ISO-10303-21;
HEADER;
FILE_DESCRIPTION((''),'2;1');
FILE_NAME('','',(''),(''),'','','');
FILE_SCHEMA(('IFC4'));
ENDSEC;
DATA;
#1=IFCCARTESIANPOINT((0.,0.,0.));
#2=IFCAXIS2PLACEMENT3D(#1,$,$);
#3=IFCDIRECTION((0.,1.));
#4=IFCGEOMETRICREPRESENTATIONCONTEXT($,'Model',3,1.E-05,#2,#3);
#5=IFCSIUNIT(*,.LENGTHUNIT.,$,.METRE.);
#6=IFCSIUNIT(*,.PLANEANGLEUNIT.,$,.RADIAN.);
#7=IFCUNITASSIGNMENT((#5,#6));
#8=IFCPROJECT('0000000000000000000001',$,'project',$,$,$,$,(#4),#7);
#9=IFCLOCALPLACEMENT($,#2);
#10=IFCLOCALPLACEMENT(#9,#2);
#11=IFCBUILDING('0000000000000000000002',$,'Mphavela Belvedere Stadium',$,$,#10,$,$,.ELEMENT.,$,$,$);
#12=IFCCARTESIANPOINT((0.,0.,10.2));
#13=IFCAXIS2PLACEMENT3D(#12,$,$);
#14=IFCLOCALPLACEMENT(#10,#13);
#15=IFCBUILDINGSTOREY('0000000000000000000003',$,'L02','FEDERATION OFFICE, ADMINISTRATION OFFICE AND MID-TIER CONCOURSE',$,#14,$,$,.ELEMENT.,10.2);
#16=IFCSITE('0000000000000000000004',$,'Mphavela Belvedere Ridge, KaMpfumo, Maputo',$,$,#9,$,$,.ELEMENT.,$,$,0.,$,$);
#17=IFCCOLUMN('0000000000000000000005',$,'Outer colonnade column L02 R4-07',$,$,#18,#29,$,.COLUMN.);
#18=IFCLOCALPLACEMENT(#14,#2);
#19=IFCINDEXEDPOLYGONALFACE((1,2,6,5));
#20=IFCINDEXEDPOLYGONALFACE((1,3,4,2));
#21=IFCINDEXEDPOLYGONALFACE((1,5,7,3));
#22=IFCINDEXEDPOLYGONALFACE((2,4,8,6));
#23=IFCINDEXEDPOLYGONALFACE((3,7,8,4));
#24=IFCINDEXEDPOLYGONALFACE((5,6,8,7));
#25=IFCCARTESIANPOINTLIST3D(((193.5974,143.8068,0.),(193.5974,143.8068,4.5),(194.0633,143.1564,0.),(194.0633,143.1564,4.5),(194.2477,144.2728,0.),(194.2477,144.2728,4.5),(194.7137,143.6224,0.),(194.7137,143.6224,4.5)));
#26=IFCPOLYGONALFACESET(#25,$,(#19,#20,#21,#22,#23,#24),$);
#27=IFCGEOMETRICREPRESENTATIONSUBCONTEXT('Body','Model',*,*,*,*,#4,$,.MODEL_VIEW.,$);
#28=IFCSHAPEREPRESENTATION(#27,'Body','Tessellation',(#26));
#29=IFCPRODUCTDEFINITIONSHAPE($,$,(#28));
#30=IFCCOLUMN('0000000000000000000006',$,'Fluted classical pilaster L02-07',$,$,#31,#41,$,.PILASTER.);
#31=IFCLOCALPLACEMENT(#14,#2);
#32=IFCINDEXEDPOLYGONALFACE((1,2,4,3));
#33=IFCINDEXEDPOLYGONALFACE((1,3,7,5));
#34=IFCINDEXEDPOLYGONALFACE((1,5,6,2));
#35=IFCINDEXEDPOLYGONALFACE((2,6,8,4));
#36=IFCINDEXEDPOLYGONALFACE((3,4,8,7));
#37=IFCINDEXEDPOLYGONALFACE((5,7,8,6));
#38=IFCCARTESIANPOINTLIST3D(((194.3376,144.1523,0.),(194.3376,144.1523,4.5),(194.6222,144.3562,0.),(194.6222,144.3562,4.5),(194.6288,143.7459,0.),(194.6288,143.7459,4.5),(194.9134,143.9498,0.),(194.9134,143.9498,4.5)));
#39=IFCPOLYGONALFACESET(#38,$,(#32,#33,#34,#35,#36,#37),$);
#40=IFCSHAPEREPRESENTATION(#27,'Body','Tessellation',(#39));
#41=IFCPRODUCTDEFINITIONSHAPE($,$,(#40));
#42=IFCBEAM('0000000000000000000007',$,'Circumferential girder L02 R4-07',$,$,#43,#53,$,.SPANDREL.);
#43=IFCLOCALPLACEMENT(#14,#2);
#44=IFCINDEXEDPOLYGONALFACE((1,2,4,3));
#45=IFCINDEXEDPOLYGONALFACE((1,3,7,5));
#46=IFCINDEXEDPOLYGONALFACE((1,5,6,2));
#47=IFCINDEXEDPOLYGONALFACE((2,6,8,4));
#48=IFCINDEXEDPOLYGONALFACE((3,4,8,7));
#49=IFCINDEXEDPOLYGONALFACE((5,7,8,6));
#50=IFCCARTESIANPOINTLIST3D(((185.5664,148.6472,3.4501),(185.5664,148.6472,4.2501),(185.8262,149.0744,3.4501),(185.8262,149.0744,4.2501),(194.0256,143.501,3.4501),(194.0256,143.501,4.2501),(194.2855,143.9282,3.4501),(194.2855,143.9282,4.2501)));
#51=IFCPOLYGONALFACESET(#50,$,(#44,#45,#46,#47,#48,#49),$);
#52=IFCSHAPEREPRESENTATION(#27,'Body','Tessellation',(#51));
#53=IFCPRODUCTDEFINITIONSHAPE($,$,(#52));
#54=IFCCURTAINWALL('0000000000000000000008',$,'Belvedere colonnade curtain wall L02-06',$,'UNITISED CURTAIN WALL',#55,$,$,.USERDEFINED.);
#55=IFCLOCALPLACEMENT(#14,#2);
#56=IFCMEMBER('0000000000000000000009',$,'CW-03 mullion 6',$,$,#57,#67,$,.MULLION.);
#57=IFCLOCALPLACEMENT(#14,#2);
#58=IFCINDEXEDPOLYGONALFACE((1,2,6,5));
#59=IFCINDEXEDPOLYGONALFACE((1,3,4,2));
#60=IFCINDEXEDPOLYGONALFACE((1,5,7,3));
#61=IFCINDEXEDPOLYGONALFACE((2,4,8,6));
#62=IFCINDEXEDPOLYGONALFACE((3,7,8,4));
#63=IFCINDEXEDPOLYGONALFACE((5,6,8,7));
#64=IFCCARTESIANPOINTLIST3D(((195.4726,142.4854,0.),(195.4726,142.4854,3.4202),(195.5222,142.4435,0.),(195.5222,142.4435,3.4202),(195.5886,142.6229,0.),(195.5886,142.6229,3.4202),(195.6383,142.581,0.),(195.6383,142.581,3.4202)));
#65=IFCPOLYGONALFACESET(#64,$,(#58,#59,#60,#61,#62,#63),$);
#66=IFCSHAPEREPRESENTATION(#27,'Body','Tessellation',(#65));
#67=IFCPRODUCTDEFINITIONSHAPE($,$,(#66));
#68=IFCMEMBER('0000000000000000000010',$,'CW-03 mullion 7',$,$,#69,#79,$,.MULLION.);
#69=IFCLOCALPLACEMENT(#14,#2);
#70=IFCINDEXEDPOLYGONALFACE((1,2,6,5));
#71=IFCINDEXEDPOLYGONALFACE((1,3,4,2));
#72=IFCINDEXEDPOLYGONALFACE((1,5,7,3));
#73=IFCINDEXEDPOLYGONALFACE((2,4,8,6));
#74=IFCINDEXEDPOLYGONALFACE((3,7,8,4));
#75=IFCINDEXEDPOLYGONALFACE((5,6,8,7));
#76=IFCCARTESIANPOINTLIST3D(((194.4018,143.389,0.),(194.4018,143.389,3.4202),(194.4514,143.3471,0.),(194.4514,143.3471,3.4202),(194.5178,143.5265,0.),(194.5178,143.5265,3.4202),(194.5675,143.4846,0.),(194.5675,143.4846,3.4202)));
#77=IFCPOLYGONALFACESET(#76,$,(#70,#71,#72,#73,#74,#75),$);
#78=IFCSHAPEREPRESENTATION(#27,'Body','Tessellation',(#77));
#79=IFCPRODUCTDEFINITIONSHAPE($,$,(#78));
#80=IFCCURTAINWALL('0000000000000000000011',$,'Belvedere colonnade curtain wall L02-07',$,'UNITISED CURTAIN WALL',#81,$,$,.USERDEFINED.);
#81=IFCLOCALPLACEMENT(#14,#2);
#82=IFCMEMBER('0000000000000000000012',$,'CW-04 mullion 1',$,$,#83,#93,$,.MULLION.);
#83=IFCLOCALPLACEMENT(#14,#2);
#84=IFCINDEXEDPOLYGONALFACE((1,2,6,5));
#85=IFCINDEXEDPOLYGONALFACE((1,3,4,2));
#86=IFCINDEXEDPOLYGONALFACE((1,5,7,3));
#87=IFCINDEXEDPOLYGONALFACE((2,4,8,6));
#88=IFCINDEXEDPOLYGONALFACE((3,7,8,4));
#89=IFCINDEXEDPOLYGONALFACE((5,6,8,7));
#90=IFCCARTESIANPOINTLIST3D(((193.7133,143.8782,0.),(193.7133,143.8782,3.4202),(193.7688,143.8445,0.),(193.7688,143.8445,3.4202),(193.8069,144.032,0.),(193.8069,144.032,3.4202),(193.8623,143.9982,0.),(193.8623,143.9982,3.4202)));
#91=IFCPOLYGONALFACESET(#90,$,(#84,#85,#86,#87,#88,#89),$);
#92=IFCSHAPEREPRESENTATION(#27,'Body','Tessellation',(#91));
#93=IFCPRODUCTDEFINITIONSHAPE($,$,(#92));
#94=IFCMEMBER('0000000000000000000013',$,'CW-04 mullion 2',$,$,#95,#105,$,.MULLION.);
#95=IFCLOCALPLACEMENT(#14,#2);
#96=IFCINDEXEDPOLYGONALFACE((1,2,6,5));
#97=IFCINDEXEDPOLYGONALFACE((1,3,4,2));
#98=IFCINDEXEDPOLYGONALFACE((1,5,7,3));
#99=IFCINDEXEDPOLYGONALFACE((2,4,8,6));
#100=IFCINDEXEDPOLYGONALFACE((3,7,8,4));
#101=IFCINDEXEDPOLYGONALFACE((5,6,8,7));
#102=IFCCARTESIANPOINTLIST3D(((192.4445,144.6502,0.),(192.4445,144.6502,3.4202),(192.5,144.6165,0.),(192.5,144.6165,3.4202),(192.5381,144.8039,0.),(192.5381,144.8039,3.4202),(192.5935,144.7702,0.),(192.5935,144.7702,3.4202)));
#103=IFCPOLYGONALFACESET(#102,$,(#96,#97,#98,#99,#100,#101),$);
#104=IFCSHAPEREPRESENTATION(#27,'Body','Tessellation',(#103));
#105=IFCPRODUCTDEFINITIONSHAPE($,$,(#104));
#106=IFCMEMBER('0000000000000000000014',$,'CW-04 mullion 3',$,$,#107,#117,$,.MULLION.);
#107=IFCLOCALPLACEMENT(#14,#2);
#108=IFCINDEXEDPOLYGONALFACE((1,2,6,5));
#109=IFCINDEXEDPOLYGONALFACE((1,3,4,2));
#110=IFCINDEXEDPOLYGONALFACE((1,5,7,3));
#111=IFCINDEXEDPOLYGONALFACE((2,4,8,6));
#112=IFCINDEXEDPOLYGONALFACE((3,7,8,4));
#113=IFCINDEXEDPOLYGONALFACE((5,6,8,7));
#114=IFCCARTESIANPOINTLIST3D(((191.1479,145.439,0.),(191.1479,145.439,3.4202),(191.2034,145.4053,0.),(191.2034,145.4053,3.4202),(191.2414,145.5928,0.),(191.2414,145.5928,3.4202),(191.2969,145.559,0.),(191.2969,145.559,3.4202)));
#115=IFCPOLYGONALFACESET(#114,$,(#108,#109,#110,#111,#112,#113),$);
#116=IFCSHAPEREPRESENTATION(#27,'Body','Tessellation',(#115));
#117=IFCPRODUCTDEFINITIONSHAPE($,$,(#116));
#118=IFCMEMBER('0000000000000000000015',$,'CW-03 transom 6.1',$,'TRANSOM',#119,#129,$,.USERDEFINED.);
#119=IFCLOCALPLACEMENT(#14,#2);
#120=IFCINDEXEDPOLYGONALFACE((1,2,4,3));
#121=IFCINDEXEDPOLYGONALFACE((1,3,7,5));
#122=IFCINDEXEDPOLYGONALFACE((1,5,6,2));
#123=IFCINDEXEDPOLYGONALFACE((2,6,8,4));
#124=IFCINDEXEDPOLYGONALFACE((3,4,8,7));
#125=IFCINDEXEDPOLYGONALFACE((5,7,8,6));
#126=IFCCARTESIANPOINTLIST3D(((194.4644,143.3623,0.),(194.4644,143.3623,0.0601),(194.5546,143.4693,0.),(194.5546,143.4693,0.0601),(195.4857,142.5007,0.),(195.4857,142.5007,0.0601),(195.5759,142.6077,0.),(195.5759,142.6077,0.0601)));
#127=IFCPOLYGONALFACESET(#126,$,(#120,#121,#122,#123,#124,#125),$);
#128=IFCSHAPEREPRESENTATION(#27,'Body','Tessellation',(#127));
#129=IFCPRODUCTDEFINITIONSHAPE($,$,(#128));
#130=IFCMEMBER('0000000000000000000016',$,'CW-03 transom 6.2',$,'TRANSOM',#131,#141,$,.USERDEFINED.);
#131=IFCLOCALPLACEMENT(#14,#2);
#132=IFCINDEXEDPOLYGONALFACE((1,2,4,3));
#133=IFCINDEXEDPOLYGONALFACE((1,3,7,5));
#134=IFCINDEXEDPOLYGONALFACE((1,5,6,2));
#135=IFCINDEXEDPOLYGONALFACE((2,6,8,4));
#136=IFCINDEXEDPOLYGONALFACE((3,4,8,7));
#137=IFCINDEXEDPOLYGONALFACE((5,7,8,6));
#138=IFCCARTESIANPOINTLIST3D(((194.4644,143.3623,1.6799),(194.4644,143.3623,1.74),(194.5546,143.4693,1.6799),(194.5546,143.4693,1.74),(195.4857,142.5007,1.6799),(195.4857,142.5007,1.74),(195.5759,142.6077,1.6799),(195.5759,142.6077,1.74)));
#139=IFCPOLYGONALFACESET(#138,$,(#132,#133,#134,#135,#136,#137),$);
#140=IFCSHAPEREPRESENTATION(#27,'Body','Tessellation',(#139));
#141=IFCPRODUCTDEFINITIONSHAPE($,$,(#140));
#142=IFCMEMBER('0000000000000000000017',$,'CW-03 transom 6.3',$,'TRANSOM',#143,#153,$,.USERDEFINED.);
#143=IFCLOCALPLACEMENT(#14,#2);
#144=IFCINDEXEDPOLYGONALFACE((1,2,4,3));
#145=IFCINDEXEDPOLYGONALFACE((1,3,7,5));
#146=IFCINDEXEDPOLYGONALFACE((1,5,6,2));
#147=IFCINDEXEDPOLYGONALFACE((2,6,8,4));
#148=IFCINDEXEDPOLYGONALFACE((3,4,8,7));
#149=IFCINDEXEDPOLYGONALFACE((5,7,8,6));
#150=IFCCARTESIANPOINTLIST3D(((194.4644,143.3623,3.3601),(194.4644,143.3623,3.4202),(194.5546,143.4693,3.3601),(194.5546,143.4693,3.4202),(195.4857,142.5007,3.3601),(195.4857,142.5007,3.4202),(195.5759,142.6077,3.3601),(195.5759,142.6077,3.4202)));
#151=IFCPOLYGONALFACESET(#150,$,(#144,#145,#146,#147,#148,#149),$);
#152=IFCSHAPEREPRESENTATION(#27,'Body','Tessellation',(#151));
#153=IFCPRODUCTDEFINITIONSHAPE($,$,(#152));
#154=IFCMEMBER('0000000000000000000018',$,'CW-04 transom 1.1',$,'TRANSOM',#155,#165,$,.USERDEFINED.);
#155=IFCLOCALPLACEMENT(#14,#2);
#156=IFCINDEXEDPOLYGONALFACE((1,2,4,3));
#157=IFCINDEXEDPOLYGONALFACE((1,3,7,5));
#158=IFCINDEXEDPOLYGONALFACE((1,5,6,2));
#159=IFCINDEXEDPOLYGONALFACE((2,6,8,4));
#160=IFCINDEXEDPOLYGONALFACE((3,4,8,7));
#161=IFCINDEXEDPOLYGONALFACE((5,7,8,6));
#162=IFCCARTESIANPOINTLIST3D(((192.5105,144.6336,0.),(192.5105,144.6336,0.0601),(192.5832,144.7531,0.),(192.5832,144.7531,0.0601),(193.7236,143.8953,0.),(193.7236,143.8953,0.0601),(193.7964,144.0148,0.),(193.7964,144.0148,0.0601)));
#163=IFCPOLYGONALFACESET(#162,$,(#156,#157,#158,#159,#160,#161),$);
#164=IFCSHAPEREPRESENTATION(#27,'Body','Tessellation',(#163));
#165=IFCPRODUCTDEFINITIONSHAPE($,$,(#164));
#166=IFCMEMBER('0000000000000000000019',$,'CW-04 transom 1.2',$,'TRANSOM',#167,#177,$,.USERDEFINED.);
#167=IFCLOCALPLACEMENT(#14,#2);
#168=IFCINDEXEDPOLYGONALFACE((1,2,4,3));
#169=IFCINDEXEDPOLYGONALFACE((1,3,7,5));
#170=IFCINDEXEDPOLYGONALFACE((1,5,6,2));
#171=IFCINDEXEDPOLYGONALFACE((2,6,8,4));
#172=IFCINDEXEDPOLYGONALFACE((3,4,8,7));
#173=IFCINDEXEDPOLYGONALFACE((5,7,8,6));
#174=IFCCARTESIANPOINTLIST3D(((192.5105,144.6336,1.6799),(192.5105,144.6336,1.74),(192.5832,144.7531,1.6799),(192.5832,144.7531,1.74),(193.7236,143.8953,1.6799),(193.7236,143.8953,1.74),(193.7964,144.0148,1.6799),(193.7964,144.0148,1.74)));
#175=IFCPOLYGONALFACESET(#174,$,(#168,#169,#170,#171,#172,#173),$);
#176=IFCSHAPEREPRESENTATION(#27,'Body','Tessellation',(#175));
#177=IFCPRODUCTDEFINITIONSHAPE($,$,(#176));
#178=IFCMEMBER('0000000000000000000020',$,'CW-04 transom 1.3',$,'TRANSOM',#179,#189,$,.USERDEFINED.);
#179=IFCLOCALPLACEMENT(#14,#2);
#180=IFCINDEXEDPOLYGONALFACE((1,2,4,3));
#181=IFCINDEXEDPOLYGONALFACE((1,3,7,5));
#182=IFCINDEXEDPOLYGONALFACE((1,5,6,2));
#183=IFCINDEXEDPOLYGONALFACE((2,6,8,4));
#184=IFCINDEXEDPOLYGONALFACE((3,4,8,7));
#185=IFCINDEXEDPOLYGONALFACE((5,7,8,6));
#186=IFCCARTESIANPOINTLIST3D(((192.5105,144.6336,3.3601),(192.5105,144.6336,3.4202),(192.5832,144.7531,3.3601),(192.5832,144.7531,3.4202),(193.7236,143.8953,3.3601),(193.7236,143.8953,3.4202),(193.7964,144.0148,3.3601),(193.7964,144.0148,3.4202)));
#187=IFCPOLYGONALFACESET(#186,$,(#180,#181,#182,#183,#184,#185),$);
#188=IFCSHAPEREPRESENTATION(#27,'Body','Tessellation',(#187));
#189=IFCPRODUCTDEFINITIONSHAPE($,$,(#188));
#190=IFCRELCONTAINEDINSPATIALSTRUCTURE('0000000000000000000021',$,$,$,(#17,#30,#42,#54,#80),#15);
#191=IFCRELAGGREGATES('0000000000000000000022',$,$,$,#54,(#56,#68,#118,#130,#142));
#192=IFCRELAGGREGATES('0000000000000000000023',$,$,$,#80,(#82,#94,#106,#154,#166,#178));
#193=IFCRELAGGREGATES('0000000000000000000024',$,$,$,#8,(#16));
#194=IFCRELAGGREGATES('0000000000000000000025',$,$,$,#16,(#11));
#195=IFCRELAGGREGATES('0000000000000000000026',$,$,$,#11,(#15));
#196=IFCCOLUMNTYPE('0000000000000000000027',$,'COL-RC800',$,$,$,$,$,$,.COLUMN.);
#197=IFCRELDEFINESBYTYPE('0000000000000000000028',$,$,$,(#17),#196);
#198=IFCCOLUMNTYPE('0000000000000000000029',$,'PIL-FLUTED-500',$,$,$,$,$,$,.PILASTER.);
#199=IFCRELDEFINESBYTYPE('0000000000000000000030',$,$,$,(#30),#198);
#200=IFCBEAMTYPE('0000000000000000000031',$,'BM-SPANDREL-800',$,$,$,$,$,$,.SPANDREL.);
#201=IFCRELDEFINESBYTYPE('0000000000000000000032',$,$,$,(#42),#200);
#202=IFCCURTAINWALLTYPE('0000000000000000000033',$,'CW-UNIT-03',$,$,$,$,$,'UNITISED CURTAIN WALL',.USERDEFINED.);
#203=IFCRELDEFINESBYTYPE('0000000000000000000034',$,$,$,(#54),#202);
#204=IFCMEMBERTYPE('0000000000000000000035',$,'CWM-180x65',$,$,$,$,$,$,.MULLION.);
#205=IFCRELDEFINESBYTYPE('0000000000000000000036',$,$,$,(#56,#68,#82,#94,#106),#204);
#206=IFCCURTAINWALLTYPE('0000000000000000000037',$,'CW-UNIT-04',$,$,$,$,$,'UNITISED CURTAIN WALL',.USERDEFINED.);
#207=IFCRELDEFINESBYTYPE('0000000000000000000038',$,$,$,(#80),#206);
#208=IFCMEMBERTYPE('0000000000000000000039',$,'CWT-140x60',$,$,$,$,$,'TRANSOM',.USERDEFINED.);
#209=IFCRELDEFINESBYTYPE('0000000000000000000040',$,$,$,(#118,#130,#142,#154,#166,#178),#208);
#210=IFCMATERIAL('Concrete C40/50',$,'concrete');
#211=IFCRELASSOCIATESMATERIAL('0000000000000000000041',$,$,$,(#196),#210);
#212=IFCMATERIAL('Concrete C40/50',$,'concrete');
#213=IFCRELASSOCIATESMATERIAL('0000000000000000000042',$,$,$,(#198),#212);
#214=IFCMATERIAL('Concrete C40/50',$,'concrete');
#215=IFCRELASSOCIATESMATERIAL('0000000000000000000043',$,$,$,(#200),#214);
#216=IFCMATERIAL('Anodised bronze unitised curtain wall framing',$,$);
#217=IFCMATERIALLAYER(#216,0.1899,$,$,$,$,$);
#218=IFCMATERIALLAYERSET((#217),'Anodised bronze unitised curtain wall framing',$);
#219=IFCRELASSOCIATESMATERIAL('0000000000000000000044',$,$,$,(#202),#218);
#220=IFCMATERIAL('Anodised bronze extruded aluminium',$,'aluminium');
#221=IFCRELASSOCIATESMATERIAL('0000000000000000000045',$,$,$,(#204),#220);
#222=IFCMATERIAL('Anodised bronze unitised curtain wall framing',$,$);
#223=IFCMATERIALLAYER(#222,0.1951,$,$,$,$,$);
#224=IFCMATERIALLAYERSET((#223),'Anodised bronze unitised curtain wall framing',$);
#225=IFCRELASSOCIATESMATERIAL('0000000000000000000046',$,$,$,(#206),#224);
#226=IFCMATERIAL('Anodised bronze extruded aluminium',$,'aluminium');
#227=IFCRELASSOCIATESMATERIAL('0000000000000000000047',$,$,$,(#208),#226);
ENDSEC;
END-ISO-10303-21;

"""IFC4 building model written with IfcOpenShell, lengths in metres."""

from ifc_helpers import new_model, si_unit, direction, frame, origin, origin_2d, place, context, subcontext, project, spatial, rectangle, extrude, material, layer, layer_set, material_profile, profile_set, type_object, element, aggregate, save


model = new_model("IFC4")

# Units and contexts
model_context = context("Model", 3, precision=1e-05, world=origin(), true_north=direction((0.0, 1.0)))
body_context = subcontext(model_context, "Body", "Model", "MODEL_VIEW")
ifc_project = project(units=[si_unit("LENGTHUNIT", "METRE"), si_unit("PLANEANGLEUNIT", "RADIAN")], contexts=[model_context])

# Site, building, storey
site_placement = place(None, origin())
site = spatial("IfcSite", under=ifc_project, at=site_placement, Name="Mphavela Belvedere Ridge, KaMpfumo, Maputo", CompositionType="ELEMENT", RefElevation=0.0)
building_placement = place(site_placement, origin())
building = spatial("IfcBuilding", under=site, at=building_placement, Name="Mphavela Belvedere Stadium", CompositionType="ELEMENT")
storey_placement = place(building_placement, frame((0.0, 0.0, 10.2)))
storey = spatial("IfcBuildingStorey", under=building, at=storey_placement, Name="L02", Description="FEDERATION OFFICE, ADMINISTRATION OFFICE AND MID-TIER CONCOURSE", CompositionType="ELEMENT", Elevation=10.2)

# Columns
ifc_material_1 = material(Name="Concrete C40/50", Category="concrete")
ifc_material_profile_1 = material_profile(ifc_material_1, rectangle(XDim=0.8, YDim=0.8, at=origin_2d()), Name="RC 800x800")
ifc_profile_set_1 = profile_set([ifc_material_profile_1], Name="Concrete C40/50")
column_type_1 = type_object("IfcColumnType", Name="COL-RC800", PredefinedType="COLUMN", material=ifc_profile_set_1)
column_1_placement = place(storey_placement, frame((194.1555, 143.7146, 0.0), z_axis=(0.0, 0.0, 1.0), x_axis=(0.812898, 0.582407, 0.0)))
element("IfcColumn", 1, at=column_1_placement, inside=storey, type_object=column_type_1, Name="Outer colonnade column L02 R4-07", PredefinedType="COLUMN", context=body_context, shape_type="SweptSolid", body=[
    extrude(rectangle(XDim=0.8, YDim=0.8, at=origin_2d()), origin(), (0.0, 0.0, 1.0), 4.5),
])
ifc_material_2 = material(Name="Concrete C40/50", Category="concrete")
ifc_material_profile_2 = material_profile(ifc_material_2, rectangle(XDim=0.5, YDim=0.3501, at=origin_2d()), Name="PIL 500x350")
ifc_profile_set_2 = profile_set([ifc_material_profile_2], Name="Concrete C40/50")
column_type_2 = type_object("IfcColumnType", Name="PIL-FLUTED-500", PredefinedType="PILASTER", material=ifc_profile_set_2)
column_2_placement = place(storey_placement, frame((194.6255, 144.051, 0.0), z_axis=(0.0, 0.0, 1.0), x_axis=(-0.582407, 0.812898, 0.0)))
element("IfcColumn", 2, at=column_2_placement, inside=storey, type_object=column_type_2, Name="Fluted classical pilaster L02-07", PredefinedType="PILASTER", context=body_context, shape_type="SweptSolid", body=[
    extrude(rectangle(XDim=0.5, YDim=0.3501, at=origin_2d()), origin(), (0.0, 0.0, 1.0), 4.5),
])

# Beam
ifc_material_3 = material(Name="Concrete C40/50", Category="concrete")
ifc_material_profile_3 = material_profile(ifc_material_3, rectangle(XDim=0.5, YDim=0.8, at=origin_2d()), Name="RC 500x800")
ifc_profile_set_3 = profile_set([ifc_material_profile_3], Name="Concrete C40/50")
beam_type = type_object("IfcBeamType", Name="BM-SPANDREL-800", PredefinedType="SPANDREL", material=ifc_profile_set_3)
beam_placement = place(storey_placement, frame((194.1555, 143.7146, 3.8501), z_axis=(-0.854327, 0.519737, 0.0), x_axis=(-0.519737, -0.854327, 0.0)))
element("IfcBeam", 3, at=beam_placement, inside=storey, type_object=beam_type, Name="Circumferential girder L02 R4-07", PredefinedType="SPANDREL", context=body_context, shape_type="SweptSolid", body=[
    extrude(rectangle(XDim=0.5, YDim=0.8, at=origin_2d()), origin(), (0.0, 0.0, 1.0), 9.9016),
])

# Curtain walls, members
ifc_material_4 = material(Name="Anodised bronze unitised curtain wall framing")
ifc_layer_1 = layer(ifc_material_4, 0.1899)
ifc_layer_set_1 = layer_set([ifc_layer_1], Name="Anodised bronze unitised curtain wall framing")
curtain_wall_type_1 = type_object("IfcCurtainWallType", Name="CW-UNIT-03", ElementType="UNITISED CURTAIN WALL", PredefinedType="USERDEFINED", material=ifc_layer_set_1)
curtain_wall_1_placement = place(storey_placement, origin())
curtain_wall_1 = element("IfcCurtainWall", 4, at=curtain_wall_1_placement, inside=storey, type_object=curtain_wall_type_1, Name="Belvedere colonnade curtain wall L02-06", ObjectType="UNITISED CURTAIN WALL", PredefinedType="USERDEFINED")
ifc_material_5 = material(Name="Anodised bronze extruded aluminium", Category="aluminium")
ifc_material_profile_4 = material_profile(ifc_material_5, rectangle(XDim=0.1799, YDim=0.0649, at=origin_2d()), Name="CW-MUL 180x65")
ifc_profile_set_4 = profile_set([ifc_material_profile_4], Name="Anodised bronze extruded aluminium")
member_type_1 = type_object("IfcMemberType", Name="CWM-180x65", PredefinedType="MULLION", material=ifc_profile_set_4)
member_1_placement = place(storey_placement, frame((195.5554, 142.5332, 0.0), z_axis=(0.0, 0.0, 1.0), x_axis=(-0.644907, -0.764261, 0.0)))
member_1 = element("IfcMember", 5, at=member_1_placement, type_object=member_type_1, Name="CW-03 mullion 6", PredefinedType="MULLION", context=body_context, shape_type="SweptSolid", body=[
    extrude(rectangle(XDim=0.1799, YDim=0.0649, at=origin_2d()), origin(), (0.0, 0.0, 1.0), 3.4202),
])
member_2_placement = place(storey_placement, frame((194.4846, 143.4368, 0.0), z_axis=(0.0, 0.0, 1.0), x_axis=(-0.644907, -0.764261, 0.0)))
member_2 = element("IfcMember", 6, at=member_2_placement, type_object=member_type_1, Name="CW-03 mullion 7", PredefinedType="MULLION", context=body_context, shape_type="SweptSolid", body=[
    extrude(rectangle(XDim=0.1799, YDim=0.0649, at=origin_2d()), origin(), (0.0, 0.0, 1.0), 3.4202),
])
ifc_material_6 = material(Name="Anodised bronze unitised curtain wall framing")
ifc_layer_2 = layer(ifc_material_6, 0.1951)
ifc_layer_set_2 = layer_set([ifc_layer_2], Name="Anodised bronze unitised curtain wall framing")
curtain_wall_type_2 = type_object("IfcCurtainWallType", Name="CW-UNIT-04", ElementType="UNITISED CURTAIN WALL", PredefinedType="USERDEFINED", material=ifc_layer_set_2)
curtain_wall_2_placement = place(storey_placement, origin())
curtain_wall_2 = element("IfcCurtainWall", 7, at=curtain_wall_2_placement, inside=storey, type_object=curtain_wall_type_2, Name="Belvedere colonnade curtain wall L02-07", ObjectType="UNITISED CURTAIN WALL", PredefinedType="USERDEFINED")
member_3_placement = place(storey_placement, frame((193.7878, 143.9382, 0.0), z_axis=(0.0, 0.0, 1.0), x_axis=(-0.519732, -0.85433, 0.0)))
member_3 = element("IfcMember", 8, at=member_3_placement, type_object=member_type_1, Name="CW-04 mullion 1", PredefinedType="MULLION", context=body_context, shape_type="SweptSolid", body=[
    extrude(rectangle(XDim=0.1799, YDim=0.0649, at=origin_2d()), origin(), (0.0, 0.0, 1.0), 3.4202),
])
member_4_placement = place(storey_placement, frame((192.519, 144.7102, 0.0), z_axis=(0.0, 0.0, 1.0), x_axis=(-0.519732, -0.85433, 0.0)))
member_4 = element("IfcMember", 9, at=member_4_placement, type_object=member_type_1, Name="CW-04 mullion 2", PredefinedType="MULLION", context=body_context, shape_type="SweptSolid", body=[
    extrude(rectangle(XDim=0.1799, YDim=0.0649, at=origin_2d()), origin(), (0.0, 0.0, 1.0), 3.4202),
])
member_5_placement = place(storey_placement, frame((191.2224, 145.499, 0.0), z_axis=(0.0, 0.0, 1.0), x_axis=(-0.519732, -0.85433, 0.0)))
member_5 = element("IfcMember", 10, at=member_5_placement, type_object=member_type_1, Name="CW-04 mullion 3", PredefinedType="MULLION", context=body_context, shape_type="SweptSolid", body=[
    extrude(rectangle(XDim=0.1799, YDim=0.0649, at=origin_2d()), origin(), (0.0, 0.0, 1.0), 3.4202),
])

# Members
ifc_material_7 = material(Name="Anodised bronze extruded aluminium", Category="aluminium")
ifc_material_profile_5 = material_profile(ifc_material_7, rectangle(XDim=0.1399, YDim=0.0601, at=origin_2d()), Name="CW-TRN 140x60")
ifc_profile_set_5 = profile_set([ifc_material_profile_5], Name="Anodised bronze extruded aluminium")
member_type_2 = type_object("IfcMemberType", Name="CWT-140x60", ElementType="TRANSOM", PredefinedType="USERDEFINED", material=ifc_profile_set_5)
member_6_placement = place(storey_placement, frame((195.5308, 142.5542, 0.03), z_axis=(-0.764328, 0.644828, 0.0), x_axis=(-0.644828, -0.764328, 0.0)))
member_6 = element("IfcMember", 11, at=member_6_placement, type_object=member_type_2, Name="CW-03 transom 6.1", ObjectType="TRANSOM", PredefinedType="USERDEFINED", context=body_context, shape_type="SweptSolid", body=[
    extrude(rectangle(XDim=0.1399, YDim=0.0601, at=origin_2d()), origin(), (0.0, 0.0, 1.0), 1.3362),
])
member_7_placement = place(storey_placement, frame((195.5308, 142.5542, 1.71), z_axis=(-0.764328, 0.644828, 0.0), x_axis=(-0.644828, -0.764328, 0.0)))
member_7 = element("IfcMember", 12, at=member_7_placement, type_object=member_type_2, Name="CW-03 transom 6.2", ObjectType="TRANSOM", PredefinedType="USERDEFINED", context=body_context, shape_type="SweptSolid", body=[
    extrude(rectangle(XDim=0.1399, YDim=0.0601, at=origin_2d()), origin(), (0.0, 0.0, 1.0), 1.3362),
])
member_8_placement = place(storey_placement, frame((195.5308, 142.5542, 3.3901), z_axis=(-0.764328, 0.644828, 0.0), x_axis=(-0.644828, -0.764328, 0.0)))
member_8 = element("IfcMember", 13, at=member_8_placement, type_object=member_type_2, Name="CW-03 transom 6.3", ObjectType="TRANSOM", PredefinedType="USERDEFINED", context=body_context, shape_type="SweptSolid", body=[
    extrude(rectangle(XDim=0.1399, YDim=0.0601, at=origin_2d()), origin(), (0.0, 0.0, 1.0), 1.3362),
])
member_9_placement = place(storey_placement, frame((193.76, 143.9551, 0.03), z_axis=(-0.854245, 0.519871, 0.0), x_axis=(-0.519871, -0.854245, 0.0)))
member_9 = element("IfcMember", 14, at=member_9_placement, type_object=member_type_2, Name="CW-04 transom 1.1", ObjectType="TRANSOM", PredefinedType="USERDEFINED", context=body_context, shape_type="SweptSolid", body=[
    extrude(rectangle(XDim=0.1399, YDim=0.0601, at=origin_2d()), origin(), (0.0, 0.0, 1.0), 1.4202),
])
member_10_placement = place(storey_placement, frame((193.76, 143.9551, 1.71), z_axis=(-0.854245, 0.519871, 0.0), x_axis=(-0.519871, -0.854245, 0.0)))
member_10 = element("IfcMember", 15, at=member_10_placement, type_object=member_type_2, Name="CW-04 transom 1.2", ObjectType="TRANSOM", PredefinedType="USERDEFINED", context=body_context, shape_type="SweptSolid", body=[
    extrude(rectangle(XDim=0.1399, YDim=0.0601, at=origin_2d()), origin(), (0.0, 0.0, 1.0), 1.4202),
])
member_11_placement = place(storey_placement, frame((193.76, 143.9551, 3.3901), z_axis=(-0.854245, 0.519871, 0.0), x_axis=(-0.519871, -0.854245, 0.0)))
member_11 = element("IfcMember", 16, at=member_11_placement, type_object=member_type_2, Name="CW-04 transom 1.3", ObjectType="TRANSOM", PredefinedType="USERDEFINED", context=body_context, shape_type="SweptSolid", body=[
    extrude(rectangle(XDim=0.1399, YDim=0.0601, at=origin_2d()), origin(), (0.0, 0.0, 1.0), 1.4202),
])

aggregate(curtain_wall_1, [member_1, member_2, member_6, member_7, member_8])
aggregate(curtain_wall_2, [member_3, member_4, member_5, member_9, member_10, member_11])

save(model, "model.ifc")
